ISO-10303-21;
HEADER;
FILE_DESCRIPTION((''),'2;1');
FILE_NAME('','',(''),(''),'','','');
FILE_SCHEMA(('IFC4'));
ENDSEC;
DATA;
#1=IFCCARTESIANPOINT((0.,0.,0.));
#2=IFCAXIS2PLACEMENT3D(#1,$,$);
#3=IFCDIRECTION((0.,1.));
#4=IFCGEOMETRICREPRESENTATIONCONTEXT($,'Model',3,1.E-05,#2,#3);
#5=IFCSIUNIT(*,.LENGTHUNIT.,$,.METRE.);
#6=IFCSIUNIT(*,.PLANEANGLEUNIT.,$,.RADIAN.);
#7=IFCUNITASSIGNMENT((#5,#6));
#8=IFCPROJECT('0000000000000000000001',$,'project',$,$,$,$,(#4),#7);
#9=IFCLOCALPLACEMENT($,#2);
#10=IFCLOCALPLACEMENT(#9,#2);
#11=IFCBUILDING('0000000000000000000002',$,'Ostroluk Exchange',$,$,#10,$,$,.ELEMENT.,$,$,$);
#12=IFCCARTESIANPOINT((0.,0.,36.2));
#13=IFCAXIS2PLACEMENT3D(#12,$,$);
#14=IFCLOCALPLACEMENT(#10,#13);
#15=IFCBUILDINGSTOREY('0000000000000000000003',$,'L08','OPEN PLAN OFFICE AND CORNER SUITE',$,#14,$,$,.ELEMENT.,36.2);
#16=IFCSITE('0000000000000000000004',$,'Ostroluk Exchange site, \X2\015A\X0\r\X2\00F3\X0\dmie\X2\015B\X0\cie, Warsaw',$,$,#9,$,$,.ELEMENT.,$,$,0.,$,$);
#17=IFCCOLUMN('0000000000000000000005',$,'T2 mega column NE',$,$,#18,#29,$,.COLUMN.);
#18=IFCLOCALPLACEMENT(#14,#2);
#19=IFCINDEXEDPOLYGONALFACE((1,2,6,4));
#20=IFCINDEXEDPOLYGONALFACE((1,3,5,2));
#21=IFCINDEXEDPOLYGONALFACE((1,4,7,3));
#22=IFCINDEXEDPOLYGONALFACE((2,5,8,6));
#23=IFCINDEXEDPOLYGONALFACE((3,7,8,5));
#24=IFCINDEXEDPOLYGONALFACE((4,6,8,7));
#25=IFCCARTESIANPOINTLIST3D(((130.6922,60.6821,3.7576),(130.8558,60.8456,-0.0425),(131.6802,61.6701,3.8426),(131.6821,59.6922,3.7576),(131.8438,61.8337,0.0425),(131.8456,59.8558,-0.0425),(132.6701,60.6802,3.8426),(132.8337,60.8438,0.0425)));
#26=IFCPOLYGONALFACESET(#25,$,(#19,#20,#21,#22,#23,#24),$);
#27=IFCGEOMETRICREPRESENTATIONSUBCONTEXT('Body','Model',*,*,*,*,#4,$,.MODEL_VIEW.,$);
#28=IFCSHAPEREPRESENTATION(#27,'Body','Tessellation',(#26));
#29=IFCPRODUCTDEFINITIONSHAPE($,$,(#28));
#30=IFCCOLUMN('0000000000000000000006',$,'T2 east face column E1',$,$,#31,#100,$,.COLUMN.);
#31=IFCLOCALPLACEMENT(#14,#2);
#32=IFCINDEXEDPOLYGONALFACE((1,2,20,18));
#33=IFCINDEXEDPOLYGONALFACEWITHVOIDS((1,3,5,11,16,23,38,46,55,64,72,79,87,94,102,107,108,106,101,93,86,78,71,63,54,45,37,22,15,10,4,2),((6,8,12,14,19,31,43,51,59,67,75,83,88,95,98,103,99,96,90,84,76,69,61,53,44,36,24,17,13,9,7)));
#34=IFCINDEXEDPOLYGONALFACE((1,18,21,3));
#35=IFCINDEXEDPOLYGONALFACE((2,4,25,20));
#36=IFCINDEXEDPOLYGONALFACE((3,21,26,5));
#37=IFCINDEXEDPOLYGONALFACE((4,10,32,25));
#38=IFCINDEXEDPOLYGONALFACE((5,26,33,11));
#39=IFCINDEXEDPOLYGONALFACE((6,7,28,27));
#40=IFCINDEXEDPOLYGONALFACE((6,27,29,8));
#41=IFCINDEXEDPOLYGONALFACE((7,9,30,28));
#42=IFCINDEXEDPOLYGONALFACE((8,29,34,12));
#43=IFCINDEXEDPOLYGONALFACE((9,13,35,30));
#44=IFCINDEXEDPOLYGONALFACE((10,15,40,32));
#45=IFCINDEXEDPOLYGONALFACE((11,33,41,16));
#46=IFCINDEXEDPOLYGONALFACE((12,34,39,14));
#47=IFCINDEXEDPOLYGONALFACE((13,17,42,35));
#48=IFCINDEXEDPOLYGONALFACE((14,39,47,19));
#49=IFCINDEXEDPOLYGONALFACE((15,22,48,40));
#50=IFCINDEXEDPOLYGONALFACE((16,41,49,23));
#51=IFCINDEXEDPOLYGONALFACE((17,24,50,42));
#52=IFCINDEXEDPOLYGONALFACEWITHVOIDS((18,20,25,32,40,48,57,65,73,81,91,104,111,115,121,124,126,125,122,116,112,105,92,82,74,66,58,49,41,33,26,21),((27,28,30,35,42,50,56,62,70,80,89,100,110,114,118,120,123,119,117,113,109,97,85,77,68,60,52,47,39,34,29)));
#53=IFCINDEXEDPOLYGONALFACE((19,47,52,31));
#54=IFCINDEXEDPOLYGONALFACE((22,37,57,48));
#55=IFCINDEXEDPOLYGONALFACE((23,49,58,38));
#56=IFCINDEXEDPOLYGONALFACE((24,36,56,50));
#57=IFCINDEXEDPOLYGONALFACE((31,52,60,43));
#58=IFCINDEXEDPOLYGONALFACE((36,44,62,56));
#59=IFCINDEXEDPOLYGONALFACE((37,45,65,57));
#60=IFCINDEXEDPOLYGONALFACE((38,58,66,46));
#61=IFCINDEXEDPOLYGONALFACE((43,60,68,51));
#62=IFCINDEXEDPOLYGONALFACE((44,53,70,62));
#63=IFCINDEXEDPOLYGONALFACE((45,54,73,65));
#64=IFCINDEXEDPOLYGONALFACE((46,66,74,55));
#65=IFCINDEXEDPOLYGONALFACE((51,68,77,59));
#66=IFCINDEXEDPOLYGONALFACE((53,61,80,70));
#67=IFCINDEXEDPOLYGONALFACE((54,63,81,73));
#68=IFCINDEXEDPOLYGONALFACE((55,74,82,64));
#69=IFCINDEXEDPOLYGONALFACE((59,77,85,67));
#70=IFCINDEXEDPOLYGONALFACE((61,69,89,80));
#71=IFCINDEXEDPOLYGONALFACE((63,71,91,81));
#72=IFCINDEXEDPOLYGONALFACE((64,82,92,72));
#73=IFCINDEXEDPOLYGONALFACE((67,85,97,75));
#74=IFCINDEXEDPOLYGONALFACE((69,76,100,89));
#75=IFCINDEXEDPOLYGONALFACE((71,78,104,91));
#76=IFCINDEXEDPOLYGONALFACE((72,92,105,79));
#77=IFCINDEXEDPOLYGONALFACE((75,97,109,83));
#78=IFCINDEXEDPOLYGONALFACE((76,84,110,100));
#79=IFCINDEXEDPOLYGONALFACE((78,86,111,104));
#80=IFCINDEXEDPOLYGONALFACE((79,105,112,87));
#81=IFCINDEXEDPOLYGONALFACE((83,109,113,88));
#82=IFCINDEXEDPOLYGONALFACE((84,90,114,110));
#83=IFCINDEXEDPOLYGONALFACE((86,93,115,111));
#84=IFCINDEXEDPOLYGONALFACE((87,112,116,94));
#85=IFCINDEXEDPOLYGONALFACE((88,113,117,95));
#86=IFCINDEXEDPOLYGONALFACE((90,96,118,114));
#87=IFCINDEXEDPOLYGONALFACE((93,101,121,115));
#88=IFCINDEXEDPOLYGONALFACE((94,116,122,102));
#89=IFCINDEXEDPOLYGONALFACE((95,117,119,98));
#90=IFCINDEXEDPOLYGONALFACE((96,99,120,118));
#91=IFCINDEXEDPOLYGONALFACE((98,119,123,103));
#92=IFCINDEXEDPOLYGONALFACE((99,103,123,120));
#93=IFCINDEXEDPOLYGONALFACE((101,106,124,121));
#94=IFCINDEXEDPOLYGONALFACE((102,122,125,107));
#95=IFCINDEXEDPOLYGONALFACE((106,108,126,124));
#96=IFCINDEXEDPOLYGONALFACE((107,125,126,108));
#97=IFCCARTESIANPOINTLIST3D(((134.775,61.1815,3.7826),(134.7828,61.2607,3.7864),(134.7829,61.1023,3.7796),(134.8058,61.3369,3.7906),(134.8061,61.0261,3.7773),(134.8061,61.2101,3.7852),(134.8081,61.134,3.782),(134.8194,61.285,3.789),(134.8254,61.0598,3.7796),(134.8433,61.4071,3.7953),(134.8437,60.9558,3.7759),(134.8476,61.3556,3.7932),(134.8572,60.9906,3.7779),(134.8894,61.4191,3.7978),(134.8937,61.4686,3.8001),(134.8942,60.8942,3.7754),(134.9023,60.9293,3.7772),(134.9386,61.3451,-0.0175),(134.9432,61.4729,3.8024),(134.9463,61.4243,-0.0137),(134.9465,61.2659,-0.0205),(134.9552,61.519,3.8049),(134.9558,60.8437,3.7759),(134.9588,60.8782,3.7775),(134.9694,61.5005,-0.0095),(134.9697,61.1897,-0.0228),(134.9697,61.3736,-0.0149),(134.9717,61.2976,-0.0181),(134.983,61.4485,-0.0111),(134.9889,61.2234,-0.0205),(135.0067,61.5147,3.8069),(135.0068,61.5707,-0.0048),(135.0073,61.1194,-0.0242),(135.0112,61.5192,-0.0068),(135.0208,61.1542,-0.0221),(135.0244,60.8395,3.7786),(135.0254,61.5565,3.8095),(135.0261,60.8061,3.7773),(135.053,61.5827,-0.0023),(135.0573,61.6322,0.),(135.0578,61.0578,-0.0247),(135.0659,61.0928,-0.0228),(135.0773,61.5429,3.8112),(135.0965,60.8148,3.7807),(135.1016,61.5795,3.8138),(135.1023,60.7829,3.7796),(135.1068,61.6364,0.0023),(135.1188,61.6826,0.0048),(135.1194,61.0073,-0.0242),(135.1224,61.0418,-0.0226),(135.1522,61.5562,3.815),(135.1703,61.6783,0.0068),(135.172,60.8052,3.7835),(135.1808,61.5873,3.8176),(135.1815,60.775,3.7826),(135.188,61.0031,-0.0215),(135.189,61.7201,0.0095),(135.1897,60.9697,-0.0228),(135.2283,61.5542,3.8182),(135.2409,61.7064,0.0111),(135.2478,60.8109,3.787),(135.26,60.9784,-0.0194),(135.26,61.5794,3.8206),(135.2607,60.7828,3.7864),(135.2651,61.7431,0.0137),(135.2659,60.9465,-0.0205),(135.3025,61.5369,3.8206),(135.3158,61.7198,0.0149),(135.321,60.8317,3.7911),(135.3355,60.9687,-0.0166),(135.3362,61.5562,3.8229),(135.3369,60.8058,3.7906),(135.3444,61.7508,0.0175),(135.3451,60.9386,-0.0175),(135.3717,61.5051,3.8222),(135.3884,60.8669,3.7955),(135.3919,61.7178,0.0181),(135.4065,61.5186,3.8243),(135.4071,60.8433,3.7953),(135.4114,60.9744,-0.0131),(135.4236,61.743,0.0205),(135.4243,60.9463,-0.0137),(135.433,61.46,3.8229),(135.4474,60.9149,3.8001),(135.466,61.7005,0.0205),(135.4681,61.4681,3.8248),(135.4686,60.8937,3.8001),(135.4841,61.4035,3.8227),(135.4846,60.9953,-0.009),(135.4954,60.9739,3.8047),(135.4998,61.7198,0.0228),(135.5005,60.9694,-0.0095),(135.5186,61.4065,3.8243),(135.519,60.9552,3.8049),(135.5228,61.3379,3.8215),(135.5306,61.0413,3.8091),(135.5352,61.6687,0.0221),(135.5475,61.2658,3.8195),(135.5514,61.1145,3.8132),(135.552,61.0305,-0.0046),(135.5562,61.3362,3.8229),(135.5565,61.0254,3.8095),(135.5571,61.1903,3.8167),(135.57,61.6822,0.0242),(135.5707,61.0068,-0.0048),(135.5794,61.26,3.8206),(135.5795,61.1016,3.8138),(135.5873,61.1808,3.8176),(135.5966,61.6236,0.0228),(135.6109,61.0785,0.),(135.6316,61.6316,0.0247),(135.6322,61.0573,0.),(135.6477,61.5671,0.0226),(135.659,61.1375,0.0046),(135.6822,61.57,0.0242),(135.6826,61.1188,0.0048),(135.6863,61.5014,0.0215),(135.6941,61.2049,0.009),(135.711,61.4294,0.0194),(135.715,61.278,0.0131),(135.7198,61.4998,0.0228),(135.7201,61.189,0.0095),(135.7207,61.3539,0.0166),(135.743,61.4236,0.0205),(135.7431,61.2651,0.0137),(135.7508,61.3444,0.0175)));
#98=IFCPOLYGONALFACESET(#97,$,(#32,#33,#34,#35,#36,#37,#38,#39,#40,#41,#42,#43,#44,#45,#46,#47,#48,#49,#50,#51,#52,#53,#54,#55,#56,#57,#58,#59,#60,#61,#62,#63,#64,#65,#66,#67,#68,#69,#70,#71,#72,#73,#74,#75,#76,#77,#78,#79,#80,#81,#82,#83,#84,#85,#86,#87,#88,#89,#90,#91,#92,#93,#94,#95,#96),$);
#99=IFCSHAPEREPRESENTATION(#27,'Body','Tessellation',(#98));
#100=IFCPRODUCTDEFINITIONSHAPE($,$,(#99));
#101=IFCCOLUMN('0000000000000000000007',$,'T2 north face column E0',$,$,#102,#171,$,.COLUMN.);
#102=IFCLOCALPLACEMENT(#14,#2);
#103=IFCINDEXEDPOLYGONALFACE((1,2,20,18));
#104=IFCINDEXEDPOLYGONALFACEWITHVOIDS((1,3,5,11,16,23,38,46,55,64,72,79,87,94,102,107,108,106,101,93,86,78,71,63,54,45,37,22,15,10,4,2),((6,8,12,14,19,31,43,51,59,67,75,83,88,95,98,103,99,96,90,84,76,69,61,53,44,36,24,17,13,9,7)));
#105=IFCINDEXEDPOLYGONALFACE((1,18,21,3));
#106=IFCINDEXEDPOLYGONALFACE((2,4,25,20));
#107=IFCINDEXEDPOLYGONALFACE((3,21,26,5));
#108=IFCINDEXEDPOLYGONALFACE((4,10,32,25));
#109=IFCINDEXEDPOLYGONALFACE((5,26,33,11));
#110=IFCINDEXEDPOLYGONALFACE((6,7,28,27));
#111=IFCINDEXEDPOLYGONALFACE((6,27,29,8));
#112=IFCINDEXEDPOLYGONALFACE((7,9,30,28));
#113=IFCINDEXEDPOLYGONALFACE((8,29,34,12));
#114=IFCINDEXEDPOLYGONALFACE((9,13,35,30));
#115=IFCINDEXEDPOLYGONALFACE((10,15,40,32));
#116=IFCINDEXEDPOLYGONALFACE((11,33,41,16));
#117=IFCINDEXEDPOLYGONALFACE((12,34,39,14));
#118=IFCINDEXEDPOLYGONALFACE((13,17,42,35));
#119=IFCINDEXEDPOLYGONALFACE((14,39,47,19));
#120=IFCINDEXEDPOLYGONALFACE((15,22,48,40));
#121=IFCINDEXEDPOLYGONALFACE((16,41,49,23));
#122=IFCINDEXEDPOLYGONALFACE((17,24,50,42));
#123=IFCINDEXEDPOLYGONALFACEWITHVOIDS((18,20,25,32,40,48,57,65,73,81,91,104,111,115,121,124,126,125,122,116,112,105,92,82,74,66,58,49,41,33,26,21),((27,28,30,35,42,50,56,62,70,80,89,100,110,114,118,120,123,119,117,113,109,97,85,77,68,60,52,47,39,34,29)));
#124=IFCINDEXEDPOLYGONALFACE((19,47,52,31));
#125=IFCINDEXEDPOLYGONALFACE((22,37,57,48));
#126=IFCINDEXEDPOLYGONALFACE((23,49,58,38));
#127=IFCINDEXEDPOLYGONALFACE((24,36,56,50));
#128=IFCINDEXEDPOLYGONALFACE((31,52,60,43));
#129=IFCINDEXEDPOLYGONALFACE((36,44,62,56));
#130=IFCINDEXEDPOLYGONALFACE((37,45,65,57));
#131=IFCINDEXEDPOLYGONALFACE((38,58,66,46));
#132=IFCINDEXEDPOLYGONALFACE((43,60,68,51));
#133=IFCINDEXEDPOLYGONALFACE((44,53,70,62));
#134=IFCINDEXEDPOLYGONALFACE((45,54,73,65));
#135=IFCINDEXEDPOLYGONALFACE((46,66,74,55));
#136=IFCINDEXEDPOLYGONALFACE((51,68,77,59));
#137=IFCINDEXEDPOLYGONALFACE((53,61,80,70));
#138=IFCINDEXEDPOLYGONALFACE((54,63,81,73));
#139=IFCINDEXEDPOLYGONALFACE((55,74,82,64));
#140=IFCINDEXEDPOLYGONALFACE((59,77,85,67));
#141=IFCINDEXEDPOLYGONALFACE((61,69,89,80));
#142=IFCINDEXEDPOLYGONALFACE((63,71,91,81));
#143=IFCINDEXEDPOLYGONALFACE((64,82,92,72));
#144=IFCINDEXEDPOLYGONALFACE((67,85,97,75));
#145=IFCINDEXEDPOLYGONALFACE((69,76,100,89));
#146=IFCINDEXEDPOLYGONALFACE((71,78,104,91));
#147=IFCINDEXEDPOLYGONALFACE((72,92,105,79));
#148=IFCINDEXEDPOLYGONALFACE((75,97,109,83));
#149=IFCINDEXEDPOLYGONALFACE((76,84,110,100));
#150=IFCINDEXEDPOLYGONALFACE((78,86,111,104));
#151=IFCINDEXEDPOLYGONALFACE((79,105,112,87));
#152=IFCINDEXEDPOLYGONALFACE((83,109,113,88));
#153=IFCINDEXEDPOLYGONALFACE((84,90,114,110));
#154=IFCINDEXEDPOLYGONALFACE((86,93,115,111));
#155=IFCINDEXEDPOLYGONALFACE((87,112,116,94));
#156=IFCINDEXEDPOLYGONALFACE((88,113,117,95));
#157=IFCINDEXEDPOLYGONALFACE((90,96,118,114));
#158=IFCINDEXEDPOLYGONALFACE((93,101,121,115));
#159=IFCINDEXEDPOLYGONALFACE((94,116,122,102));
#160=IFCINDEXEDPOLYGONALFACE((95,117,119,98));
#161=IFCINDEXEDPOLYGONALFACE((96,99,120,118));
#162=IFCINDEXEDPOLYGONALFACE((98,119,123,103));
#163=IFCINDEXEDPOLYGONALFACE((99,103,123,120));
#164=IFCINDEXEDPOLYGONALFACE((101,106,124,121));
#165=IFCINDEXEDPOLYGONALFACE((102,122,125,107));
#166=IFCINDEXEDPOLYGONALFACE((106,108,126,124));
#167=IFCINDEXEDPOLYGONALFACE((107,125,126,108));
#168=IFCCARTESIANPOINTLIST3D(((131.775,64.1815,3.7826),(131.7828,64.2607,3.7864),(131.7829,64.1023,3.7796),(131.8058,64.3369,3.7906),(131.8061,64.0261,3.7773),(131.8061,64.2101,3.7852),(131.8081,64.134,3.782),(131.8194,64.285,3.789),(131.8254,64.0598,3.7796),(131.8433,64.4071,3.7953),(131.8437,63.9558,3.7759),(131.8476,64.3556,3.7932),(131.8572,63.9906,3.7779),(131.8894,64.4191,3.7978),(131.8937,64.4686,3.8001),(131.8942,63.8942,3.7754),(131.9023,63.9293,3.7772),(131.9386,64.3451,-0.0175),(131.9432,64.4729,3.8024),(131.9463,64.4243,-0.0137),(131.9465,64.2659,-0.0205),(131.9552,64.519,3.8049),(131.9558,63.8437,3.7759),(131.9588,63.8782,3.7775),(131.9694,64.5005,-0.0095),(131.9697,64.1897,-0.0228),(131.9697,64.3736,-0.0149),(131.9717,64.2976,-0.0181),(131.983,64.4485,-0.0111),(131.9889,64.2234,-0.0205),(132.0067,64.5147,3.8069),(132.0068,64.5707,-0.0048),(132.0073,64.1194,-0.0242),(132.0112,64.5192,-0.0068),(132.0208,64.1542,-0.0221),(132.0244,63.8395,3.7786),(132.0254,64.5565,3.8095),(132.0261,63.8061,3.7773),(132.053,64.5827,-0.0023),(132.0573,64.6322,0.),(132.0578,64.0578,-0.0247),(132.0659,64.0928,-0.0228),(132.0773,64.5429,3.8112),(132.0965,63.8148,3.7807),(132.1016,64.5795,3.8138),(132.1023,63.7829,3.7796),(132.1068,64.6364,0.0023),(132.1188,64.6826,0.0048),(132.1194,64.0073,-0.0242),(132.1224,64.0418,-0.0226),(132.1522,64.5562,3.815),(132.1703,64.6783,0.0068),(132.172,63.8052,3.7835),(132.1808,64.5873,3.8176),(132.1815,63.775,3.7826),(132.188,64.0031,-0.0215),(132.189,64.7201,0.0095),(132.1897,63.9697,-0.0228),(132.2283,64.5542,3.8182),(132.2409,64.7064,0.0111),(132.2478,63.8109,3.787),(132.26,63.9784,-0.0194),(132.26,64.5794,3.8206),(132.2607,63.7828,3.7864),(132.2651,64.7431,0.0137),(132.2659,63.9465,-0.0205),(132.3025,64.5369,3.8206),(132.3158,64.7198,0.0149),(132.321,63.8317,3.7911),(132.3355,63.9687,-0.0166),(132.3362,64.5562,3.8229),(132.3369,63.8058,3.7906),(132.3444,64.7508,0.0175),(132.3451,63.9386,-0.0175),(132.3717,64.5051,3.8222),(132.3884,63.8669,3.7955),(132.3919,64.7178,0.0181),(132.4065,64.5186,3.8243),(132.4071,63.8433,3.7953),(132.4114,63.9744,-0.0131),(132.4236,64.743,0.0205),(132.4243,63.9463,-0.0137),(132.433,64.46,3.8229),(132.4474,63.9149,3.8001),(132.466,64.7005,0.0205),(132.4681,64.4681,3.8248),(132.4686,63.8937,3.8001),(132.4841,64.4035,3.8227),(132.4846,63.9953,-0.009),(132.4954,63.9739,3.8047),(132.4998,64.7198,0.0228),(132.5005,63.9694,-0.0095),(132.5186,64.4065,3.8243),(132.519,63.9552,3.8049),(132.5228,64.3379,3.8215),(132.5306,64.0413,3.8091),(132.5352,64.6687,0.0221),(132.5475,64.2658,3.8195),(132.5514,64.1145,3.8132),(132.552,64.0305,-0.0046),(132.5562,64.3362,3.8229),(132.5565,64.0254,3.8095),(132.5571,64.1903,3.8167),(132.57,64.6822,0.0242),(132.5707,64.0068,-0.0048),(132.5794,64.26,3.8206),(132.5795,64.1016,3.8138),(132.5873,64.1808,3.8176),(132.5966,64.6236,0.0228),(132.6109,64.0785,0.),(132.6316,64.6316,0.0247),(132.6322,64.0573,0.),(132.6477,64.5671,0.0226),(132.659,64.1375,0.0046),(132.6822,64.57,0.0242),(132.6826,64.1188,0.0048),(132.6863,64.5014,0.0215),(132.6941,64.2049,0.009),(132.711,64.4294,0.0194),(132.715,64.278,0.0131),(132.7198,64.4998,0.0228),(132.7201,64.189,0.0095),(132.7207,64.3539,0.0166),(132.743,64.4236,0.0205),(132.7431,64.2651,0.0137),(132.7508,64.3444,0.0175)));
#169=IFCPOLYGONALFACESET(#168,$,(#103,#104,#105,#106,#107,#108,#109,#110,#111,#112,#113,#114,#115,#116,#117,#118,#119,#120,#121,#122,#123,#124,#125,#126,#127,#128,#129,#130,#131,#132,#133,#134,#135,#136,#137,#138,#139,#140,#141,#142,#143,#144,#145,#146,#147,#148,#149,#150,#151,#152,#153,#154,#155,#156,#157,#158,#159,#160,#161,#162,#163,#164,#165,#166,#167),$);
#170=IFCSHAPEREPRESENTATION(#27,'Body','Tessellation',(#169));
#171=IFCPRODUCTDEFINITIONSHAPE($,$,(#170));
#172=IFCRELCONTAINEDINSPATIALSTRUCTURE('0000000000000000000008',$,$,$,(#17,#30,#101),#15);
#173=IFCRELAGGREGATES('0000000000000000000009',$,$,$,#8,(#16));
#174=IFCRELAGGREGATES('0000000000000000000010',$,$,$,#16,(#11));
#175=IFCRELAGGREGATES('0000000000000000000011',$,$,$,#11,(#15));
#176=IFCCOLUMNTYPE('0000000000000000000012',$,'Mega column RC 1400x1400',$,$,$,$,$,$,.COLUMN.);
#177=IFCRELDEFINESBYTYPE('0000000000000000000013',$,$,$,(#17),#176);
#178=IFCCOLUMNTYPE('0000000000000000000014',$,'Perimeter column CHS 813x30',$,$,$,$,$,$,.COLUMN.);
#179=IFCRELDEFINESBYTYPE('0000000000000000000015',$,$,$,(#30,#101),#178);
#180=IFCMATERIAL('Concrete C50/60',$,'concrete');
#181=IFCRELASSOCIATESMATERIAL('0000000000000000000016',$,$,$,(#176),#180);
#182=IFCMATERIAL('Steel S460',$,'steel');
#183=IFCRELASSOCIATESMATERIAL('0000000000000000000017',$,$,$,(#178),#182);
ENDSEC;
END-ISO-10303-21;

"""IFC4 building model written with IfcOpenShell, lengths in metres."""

from ifc_helpers import new_model, si_unit, direction, frame, origin, origin_2d, place, context, subcontext, project, spatial, rectangle, hollow_circle, extrude, material, material_profile, profile_set, type_object, element, save


model = new_model("IFC4")

# Units and contexts
model_context = context("Model", 3, precision=1e-05, world=origin(), true_north=direction((0.0, 1.0)))
body_context = subcontext(model_context, "Body", "Model", "MODEL_VIEW")
ifc_project = project(units=[si_unit("LENGTHUNIT", "METRE"), si_unit("PLANEANGLEUNIT", "RADIAN")], contexts=[model_context])

# Site, building, storey
site_placement = place(None, origin())
site = spatial("IfcSite", under=ifc_project, at=site_placement, Name="Ostroluk Exchange site, Śródmieście, Warsaw", CompositionType="ELEMENT", RefElevation=0.0)
building_placement = place(site_placement, origin())
building = spatial("IfcBuilding", under=site, at=building_placement, Name="Ostroluk Exchange", CompositionType="ELEMENT")
storey_placement = place(building_placement, frame((0.0, 0.0, 36.2)))
storey = spatial("IfcBuildingStorey", under=building, at=storey_placement, Name="L08", Description="OPEN PLAN OFFICE AND CORNER SUITE", CompositionType="ELEMENT", Elevation=36.2)

# Columns
ifc_material_1 = material(Name="Concrete C50/60", Category="concrete")
ifc_material_profile_1 = material_profile(ifc_material_1, rectangle(XDim=1.3999, YDim=1.3999, at=origin_2d()), Name="RC 1400x1400")
ifc_profile_set_1 = profile_set([ifc_material_profile_1], Name="Concrete C50/60")
column_type_1 = type_object("IfcColumnType", Name="Mega column RC 1400x1400", PredefinedType="COLUMN", material=ifc_profile_set_1)
column_placement = place(storey_placement, frame((131.8447, 60.8447, 0.0), z_axis=(-0.042966, -0.042966, 0.998152), x_axis=(0.707107, -0.707107, 0.0)))
element("IfcColumn", 1, at=column_placement, inside=storey, type_object=column_type_1, Name="T2 mega column NE", PredefinedType="COLUMN", context=body_context, shape_type="SweptSolid", body=[
    extrude(rectangle(XDim=1.3999, YDim=1.3999, at=origin_2d()), origin(), (0.0, 0.0, 1.0), 3.8071),
])
ifc_material_2 = material(Name="Steel S460", Category="steel")
ifc_material_profile_2 = material_profile(ifc_material_2, hollow_circle(Radius=0.4065, WallThickness=0.03, at=origin_2d()), Name="CHS 813x30")
ifc_profile_set_2 = profile_set([ifc_material_profile_2], Name="Steel S460")
column_type_2 = type_object("IfcColumnType", Name="Perimeter column CHS 813x30", PredefinedType="COLUMN", material=ifc_profile_set_2)
for number, where, z_axis, x_axis, name in (
    (2, (135.3447, 61.3447, 0.0), (-0.042966, -0.042966, 0.998152), (0.707107, -0.707107, 0.0), "T2 east face column E1"),
    (3, (132.3447, 64.3447, 0.0), (-0.042966, -0.042966, 0.998152), (0.707107, -0.707107, 0.0), "T2 north face column E0"),
):
    element("IfcColumn", number, at=place(storey_placement, frame(where, z_axis=z_axis, x_axis=x_axis)), inside=storey, type_object=column_type_2, Name=name, PredefinedType="COLUMN", context=body_context, shape_type="SweptSolid", body=[
        extrude(hollow_circle(Radius=0.4065, WallThickness=0.03, at=origin_2d()), origin(), (0.0, 0.0, 1.0), 3.8071),
    ])

save(model, "model.ifc")
